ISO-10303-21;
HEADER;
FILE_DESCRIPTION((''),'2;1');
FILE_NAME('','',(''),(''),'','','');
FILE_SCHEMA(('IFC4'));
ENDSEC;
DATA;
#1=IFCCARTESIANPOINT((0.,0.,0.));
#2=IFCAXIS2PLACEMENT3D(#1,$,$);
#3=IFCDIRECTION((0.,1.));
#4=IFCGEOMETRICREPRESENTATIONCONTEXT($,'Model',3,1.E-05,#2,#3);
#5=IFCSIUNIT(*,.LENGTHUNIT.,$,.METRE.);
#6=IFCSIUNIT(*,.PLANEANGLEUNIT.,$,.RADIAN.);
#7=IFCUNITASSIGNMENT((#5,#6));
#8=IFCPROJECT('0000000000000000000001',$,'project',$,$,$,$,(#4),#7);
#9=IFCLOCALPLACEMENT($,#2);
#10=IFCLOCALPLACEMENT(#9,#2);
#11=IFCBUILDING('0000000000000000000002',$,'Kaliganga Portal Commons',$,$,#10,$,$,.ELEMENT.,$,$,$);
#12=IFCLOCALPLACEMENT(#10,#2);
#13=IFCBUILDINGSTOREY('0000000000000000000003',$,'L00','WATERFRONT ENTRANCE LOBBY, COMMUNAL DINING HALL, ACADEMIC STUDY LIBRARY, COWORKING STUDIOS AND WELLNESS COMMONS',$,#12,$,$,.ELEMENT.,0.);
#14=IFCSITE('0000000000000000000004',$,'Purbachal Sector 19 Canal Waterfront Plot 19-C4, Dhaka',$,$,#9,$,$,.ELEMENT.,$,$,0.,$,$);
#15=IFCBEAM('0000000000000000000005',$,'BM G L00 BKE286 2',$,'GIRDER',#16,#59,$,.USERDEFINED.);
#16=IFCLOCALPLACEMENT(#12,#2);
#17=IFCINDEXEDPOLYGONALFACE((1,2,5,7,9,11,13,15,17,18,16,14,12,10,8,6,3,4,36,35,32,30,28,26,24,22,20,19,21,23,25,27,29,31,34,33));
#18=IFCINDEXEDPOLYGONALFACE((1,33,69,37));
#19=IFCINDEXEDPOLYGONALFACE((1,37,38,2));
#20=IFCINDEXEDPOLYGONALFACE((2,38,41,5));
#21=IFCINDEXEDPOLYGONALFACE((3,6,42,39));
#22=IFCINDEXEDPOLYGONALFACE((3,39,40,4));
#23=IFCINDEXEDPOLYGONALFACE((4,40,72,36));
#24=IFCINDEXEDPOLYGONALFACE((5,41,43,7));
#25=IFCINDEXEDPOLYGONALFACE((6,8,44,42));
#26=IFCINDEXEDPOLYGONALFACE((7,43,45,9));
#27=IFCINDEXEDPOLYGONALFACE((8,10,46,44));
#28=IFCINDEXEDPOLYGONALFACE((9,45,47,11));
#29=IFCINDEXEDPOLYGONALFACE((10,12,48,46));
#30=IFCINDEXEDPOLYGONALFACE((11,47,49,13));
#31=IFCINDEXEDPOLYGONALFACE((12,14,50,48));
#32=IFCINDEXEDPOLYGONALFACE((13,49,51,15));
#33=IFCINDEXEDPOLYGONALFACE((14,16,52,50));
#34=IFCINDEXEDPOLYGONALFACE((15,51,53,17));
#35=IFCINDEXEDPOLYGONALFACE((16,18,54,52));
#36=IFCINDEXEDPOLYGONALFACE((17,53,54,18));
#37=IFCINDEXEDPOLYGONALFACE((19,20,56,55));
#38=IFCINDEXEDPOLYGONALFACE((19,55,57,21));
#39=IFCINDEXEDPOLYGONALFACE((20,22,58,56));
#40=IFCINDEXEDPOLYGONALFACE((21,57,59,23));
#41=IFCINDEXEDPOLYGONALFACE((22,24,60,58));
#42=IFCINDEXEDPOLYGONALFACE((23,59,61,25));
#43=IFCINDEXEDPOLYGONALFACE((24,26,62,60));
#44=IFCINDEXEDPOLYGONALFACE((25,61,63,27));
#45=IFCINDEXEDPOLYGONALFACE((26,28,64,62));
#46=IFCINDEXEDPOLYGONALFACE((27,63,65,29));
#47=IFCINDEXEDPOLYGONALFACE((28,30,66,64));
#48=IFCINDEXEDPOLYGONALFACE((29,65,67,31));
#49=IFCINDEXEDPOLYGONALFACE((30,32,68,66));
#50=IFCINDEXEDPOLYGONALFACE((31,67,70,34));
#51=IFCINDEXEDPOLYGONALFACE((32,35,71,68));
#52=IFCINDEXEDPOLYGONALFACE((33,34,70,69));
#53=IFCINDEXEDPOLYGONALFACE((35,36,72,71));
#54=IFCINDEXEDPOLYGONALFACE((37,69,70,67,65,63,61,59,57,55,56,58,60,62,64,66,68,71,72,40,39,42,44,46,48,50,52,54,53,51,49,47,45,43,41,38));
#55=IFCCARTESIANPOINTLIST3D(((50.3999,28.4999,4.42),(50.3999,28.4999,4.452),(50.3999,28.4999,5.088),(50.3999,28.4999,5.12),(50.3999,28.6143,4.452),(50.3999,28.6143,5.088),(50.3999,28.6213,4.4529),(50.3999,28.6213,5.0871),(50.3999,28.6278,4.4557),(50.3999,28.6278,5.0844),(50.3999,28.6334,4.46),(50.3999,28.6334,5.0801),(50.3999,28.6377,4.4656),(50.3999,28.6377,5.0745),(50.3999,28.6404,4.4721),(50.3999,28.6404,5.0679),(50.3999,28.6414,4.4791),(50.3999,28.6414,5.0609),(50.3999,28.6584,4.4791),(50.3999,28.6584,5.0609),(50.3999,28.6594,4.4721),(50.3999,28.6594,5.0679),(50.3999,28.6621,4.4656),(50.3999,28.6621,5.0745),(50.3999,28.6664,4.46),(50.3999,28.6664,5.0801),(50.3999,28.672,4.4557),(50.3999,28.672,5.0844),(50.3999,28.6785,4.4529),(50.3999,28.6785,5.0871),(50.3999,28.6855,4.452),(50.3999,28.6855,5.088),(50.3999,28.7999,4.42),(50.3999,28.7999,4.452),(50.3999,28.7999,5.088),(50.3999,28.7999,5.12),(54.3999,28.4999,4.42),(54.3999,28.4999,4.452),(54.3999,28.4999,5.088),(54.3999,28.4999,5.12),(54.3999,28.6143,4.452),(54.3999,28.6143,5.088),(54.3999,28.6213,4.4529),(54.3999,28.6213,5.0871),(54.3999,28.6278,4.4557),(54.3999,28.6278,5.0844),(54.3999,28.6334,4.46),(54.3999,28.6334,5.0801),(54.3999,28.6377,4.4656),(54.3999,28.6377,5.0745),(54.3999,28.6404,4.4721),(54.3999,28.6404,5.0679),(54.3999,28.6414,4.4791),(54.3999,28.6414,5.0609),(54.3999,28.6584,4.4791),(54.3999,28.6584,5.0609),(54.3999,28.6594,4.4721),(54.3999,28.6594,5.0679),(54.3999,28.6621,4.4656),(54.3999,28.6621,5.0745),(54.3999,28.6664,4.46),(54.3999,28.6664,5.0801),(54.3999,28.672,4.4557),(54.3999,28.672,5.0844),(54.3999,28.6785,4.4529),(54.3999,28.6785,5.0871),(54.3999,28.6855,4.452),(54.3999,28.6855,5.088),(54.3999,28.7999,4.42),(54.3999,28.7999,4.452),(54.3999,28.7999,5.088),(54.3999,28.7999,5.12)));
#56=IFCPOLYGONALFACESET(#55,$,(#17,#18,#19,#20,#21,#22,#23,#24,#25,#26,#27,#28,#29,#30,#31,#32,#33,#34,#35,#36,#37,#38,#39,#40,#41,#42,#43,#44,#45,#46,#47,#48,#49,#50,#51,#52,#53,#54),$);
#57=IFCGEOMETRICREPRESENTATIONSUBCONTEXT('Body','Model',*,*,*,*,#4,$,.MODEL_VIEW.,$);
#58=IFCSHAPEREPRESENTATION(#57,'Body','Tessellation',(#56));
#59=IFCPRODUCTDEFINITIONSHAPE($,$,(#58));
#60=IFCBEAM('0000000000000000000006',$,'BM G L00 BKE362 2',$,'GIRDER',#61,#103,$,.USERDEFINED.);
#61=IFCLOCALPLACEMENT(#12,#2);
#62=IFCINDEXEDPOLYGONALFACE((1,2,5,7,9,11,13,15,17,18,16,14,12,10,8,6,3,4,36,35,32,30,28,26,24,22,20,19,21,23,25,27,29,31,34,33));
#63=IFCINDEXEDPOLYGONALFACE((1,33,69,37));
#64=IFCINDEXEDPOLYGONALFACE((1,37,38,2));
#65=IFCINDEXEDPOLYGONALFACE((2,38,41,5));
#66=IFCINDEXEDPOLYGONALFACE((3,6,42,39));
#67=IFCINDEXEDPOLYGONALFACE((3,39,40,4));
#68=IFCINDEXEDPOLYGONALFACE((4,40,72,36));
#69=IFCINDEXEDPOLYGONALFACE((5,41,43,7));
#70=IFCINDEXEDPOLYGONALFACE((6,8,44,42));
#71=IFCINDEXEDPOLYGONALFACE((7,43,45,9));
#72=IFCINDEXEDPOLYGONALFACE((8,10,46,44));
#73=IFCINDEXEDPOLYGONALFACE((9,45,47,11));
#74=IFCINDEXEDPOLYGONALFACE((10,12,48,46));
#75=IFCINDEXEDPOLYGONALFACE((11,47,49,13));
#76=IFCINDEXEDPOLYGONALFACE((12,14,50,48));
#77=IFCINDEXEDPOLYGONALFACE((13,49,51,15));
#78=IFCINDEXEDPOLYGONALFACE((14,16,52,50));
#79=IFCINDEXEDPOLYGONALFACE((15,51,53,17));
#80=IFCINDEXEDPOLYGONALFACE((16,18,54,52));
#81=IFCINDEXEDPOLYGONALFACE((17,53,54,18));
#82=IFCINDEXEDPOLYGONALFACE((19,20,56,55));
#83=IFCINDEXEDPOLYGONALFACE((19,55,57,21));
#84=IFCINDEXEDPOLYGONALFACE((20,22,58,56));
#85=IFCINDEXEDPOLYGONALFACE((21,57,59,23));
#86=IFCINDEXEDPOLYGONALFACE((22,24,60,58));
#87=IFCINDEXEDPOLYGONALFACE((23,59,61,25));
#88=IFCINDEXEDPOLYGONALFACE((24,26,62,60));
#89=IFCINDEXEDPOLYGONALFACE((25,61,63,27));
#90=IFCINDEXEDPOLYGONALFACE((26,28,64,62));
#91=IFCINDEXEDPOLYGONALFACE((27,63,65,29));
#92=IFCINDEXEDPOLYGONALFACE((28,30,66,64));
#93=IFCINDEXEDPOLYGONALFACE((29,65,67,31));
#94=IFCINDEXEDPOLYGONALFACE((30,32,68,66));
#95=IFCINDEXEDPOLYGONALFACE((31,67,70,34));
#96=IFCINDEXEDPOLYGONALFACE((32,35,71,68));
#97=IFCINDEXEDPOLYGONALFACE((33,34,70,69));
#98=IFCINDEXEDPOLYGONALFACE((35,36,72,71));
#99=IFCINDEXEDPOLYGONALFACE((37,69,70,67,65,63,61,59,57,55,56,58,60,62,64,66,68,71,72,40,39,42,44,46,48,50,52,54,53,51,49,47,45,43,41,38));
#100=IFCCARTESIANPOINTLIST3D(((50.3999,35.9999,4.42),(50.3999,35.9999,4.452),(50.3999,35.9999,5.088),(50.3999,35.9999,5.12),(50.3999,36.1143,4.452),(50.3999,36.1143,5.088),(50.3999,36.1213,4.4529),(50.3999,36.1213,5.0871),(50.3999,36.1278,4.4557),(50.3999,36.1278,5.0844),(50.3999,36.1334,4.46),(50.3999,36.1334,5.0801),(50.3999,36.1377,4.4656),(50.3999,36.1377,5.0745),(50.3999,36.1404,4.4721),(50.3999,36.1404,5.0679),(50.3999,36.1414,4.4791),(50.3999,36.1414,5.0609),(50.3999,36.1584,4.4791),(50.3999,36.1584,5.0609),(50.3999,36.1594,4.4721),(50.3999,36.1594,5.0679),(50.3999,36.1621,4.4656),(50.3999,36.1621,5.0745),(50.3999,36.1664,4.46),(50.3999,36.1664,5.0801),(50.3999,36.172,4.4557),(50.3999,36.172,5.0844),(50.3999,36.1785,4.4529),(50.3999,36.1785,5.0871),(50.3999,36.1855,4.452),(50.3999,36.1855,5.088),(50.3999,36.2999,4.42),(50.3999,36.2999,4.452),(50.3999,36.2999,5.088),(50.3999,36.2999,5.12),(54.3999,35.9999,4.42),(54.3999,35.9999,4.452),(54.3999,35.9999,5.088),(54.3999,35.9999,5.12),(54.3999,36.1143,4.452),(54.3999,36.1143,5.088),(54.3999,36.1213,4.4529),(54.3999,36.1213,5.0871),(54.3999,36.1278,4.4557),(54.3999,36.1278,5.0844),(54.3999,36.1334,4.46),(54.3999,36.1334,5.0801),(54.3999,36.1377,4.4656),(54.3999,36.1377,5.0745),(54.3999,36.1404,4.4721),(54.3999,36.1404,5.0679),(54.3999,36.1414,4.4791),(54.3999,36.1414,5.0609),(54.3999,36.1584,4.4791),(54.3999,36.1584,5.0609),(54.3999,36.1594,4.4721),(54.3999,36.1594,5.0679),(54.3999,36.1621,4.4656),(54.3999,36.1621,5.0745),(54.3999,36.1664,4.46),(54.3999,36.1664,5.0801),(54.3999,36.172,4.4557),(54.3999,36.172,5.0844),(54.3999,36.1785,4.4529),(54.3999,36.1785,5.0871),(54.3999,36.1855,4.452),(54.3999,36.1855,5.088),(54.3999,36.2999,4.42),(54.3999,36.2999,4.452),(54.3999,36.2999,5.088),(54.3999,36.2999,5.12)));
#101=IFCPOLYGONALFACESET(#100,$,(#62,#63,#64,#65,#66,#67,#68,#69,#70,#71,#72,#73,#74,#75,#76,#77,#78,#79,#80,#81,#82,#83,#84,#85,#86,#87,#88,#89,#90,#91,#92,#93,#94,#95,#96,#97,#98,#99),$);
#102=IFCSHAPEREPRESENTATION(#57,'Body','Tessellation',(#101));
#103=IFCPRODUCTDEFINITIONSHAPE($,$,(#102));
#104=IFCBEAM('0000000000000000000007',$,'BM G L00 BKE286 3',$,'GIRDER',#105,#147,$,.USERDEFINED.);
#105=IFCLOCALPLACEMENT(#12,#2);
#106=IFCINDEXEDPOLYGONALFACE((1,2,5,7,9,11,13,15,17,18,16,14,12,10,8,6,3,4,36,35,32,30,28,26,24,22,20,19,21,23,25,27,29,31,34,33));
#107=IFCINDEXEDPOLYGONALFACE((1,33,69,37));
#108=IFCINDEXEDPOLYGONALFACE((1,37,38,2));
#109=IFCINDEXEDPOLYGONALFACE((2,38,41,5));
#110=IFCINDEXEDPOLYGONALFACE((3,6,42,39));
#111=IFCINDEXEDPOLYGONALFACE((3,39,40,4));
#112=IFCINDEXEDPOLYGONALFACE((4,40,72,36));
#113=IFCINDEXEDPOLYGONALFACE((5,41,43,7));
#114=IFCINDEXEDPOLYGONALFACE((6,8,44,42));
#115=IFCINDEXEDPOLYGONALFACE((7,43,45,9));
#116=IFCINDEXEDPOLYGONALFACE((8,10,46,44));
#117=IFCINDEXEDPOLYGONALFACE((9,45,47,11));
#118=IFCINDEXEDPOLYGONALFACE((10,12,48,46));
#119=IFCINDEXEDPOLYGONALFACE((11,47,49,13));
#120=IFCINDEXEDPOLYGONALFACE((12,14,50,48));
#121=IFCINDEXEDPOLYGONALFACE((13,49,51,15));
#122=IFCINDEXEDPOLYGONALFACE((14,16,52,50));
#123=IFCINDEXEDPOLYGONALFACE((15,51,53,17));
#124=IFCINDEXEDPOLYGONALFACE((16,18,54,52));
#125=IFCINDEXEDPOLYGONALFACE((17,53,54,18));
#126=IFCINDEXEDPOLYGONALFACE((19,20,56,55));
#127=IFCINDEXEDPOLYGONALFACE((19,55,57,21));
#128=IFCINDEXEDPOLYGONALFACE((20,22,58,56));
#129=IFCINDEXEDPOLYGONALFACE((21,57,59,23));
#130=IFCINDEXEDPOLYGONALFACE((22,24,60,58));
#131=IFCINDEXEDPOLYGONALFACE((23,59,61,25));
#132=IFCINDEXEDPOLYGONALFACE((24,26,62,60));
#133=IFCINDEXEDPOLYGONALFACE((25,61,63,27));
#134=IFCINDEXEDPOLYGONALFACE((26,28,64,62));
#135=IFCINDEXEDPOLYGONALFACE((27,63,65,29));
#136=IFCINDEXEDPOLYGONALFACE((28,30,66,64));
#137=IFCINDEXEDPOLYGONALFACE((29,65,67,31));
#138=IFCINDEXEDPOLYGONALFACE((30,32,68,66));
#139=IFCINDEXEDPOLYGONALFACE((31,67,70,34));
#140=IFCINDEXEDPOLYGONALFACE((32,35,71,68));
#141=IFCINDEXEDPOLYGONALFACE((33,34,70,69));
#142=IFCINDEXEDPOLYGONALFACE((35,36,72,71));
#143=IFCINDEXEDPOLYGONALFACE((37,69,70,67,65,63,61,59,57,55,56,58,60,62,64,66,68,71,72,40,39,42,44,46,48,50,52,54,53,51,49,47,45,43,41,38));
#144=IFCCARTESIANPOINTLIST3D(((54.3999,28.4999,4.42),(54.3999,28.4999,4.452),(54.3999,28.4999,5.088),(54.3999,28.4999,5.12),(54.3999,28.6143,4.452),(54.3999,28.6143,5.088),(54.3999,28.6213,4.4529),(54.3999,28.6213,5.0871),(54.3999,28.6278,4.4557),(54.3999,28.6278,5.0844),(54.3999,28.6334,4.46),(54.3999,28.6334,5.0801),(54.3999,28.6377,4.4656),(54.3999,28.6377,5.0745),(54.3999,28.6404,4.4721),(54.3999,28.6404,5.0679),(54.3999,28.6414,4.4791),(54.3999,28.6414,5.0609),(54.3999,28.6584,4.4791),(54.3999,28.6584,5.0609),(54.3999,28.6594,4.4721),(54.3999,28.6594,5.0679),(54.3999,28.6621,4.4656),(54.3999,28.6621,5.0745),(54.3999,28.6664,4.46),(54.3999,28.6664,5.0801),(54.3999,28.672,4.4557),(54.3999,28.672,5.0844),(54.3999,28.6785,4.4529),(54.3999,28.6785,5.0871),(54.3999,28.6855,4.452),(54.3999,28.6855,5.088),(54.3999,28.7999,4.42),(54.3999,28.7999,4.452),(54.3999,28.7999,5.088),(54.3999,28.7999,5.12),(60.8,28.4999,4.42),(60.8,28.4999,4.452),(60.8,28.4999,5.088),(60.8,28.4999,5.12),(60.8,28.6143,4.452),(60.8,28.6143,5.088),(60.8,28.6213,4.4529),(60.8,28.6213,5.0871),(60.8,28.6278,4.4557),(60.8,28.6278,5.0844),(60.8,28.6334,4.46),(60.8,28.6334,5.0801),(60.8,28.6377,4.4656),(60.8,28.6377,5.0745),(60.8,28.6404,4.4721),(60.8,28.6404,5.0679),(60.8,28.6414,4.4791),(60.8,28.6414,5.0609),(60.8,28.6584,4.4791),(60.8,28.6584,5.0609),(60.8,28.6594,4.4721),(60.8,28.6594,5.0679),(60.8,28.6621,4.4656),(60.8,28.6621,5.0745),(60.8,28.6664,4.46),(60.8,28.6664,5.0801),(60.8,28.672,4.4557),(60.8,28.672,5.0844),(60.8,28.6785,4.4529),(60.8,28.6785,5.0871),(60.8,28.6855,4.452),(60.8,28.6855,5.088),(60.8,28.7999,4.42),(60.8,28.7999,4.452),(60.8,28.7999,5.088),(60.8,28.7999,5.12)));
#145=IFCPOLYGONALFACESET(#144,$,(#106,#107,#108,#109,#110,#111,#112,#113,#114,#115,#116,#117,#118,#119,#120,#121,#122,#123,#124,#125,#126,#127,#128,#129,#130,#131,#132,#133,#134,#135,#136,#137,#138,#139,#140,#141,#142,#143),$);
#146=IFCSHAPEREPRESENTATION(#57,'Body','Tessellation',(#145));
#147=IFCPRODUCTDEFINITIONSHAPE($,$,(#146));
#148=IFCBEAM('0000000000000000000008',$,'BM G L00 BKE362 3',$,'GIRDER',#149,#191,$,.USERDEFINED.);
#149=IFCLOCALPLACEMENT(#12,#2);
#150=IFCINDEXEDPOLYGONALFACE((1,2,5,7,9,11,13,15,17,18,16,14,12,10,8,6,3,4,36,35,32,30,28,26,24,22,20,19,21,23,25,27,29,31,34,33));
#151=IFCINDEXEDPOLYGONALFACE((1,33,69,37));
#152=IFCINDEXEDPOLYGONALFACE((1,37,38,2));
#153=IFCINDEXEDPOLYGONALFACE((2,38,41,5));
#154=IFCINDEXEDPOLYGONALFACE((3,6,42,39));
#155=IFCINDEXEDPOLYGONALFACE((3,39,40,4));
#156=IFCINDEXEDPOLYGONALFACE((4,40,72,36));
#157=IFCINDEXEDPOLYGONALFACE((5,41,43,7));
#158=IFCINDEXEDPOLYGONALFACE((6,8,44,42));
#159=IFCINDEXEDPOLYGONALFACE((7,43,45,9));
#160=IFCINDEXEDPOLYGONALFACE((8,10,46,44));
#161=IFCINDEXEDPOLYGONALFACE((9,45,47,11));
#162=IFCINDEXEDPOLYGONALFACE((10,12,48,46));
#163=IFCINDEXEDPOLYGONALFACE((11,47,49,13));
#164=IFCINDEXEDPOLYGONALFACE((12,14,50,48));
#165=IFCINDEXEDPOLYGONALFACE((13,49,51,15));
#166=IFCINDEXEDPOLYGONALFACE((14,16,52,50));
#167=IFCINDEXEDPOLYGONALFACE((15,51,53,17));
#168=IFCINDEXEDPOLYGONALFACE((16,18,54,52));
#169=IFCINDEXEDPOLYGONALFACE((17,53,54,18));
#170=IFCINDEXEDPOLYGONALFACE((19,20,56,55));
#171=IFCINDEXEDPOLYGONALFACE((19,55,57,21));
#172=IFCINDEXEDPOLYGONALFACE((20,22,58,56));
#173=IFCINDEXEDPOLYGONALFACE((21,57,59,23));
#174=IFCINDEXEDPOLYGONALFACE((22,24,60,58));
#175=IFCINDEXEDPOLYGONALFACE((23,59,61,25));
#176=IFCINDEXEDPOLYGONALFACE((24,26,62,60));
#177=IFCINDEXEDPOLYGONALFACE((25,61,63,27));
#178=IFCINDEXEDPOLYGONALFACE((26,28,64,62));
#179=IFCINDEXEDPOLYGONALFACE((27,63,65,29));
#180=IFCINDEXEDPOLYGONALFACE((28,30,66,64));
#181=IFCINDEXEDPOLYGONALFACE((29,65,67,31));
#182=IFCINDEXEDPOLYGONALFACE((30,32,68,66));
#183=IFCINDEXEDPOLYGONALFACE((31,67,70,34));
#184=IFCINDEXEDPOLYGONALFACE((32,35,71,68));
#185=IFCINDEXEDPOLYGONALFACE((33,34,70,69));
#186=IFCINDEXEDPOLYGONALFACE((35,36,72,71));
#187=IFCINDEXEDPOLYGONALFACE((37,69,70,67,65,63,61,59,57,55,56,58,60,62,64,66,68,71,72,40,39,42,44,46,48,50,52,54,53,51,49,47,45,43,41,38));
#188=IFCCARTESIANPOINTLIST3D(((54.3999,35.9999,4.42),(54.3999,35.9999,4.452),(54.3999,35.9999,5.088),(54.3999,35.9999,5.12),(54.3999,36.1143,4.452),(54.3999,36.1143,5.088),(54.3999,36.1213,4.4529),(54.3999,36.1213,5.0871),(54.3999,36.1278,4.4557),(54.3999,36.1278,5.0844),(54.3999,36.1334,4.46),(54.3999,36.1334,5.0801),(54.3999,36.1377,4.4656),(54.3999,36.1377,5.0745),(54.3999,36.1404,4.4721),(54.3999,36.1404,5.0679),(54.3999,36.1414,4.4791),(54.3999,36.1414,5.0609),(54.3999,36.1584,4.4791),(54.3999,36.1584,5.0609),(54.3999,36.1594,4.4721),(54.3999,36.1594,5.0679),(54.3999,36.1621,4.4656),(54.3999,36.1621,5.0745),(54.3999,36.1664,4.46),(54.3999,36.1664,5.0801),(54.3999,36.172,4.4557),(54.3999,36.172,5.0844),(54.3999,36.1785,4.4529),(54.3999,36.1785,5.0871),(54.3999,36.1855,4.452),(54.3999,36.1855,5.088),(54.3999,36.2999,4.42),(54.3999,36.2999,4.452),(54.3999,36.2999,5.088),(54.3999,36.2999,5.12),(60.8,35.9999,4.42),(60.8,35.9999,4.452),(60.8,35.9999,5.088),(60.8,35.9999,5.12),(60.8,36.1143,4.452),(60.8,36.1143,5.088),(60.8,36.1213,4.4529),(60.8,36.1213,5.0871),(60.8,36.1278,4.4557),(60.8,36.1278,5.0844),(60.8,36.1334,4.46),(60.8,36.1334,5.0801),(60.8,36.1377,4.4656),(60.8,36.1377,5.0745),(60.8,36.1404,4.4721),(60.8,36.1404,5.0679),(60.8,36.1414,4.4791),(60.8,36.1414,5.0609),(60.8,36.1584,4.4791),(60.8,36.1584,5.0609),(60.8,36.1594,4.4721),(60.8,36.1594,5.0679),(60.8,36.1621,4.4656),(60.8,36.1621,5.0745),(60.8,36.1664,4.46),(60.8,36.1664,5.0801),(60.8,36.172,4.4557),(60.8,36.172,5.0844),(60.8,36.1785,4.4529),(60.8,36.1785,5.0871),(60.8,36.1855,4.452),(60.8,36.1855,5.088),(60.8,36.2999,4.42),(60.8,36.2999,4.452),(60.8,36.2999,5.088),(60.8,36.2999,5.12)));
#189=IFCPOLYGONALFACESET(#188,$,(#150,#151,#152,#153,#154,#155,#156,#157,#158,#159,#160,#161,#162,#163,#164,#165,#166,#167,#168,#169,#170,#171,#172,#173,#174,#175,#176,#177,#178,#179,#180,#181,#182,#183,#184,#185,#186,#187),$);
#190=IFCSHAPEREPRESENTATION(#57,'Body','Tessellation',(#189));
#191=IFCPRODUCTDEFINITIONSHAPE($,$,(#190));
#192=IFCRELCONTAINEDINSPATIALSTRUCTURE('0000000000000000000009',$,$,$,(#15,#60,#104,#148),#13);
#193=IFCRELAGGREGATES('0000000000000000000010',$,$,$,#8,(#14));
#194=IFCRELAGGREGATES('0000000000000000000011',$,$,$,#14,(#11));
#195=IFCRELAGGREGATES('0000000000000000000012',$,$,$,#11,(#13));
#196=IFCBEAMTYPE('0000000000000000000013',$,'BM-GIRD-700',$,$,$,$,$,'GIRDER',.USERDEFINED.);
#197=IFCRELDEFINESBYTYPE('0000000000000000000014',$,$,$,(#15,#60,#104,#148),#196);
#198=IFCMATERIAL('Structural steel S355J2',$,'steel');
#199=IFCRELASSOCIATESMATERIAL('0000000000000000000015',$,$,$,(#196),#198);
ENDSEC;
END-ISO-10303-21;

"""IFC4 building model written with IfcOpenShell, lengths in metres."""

from ifc_helpers import new_model, si_unit, direction, frame, origin, origin_2d, place, context, subcontext, project, spatial, i_section, extrude, source, transform, mapped, material, material_profile, profile_set, type_object, element, save


model = new_model("IFC4")

# Units and contexts
model_context = context("Model", 3, precision=1e-05, world=origin(), true_north=direction((0.0, 1.0)))
body_context = subcontext(model_context, "Body", "Model", "MODEL_VIEW")
ifc_project = project(units=[si_unit("LENGTHUNIT", "METRE"), si_unit("PLANEANGLEUNIT", "RADIAN")], contexts=[model_context])

# Site, building, storey
site_placement = place(None, origin())
site = spatial("IfcSite", under=ifc_project, at=site_placement, Name="Purbachal Sector 19 Canal Waterfront Plot 19-C4, Dhaka", CompositionType="ELEMENT", RefElevation=0.0)
building_placement = place(site_placement, origin())
building = spatial("IfcBuilding", under=site, at=building_placement, Name="Kaliganga Portal Commons", CompositionType="ELEMENT")
storey_placement = place(building_placement, origin())
storey = spatial("IfcBuildingStorey", under=building, at=storey_placement, Name="L00", Description="WATERFRONT ENTRANCE LOBBY, COMMUNAL DINING HALL, ACADEMIC STUDY LIBRARY, COWORKING STUDIOS AND WELLNESS COMMONS", CompositionType="ELEMENT", Elevation=0.0)

# Beams
ifc_material_1 = material(Name="Structural steel S355J2", Category="steel")
ifc_material_profile_1 = material_profile(ifc_material_1, i_section(OverallWidth=0.3, OverallDepth=0.7, WebThickness=0.0171, FlangeThickness=0.032, FilletRadius=0.0271, at=origin_2d()), Name="HE 700 B")
ifc_profile_set_1 = profile_set([ifc_material_profile_1], Name="Structural steel S355J2 wide-flange")
beam_type_1 = type_object("IfcBeamType", Name="BM-GIRD-700", ElementType="GIRDER", PredefinedType="USERDEFINED", material=ifc_profile_set_1)
shared_shape_1 = source(origin(), body_context, "Body", "SweptSolid", [
    extrude(i_section(OverallWidth=0.3, OverallDepth=0.7, WebThickness=0.0171, FlangeThickness=0.032, FilletRadius=0.0271, at=origin_2d()), origin(), (0.0, 0.0, 1.0), 4.0),
])
for number, where, z_axis, x_axis, name in (
    (1, (50.3999, 28.6499, 4.77), (1.0, 0.0, 0.0), (0.0, 1.0, 0.0), "BM G L00 BKE286 2"),
    (2, (50.3999, 36.1499, 4.77), (1.0, 0.0, 0.0), (0.0, 1.0, 0.0), "BM G L00 BKE362 2"),
):
    element("IfcBeam", number, at=place(storey_placement, frame(where, z_axis=z_axis, x_axis=x_axis)), inside=storey, type_object=beam_type_1, Name=name, ObjectType="GIRDER", PredefinedType="USERDEFINED", context=body_context, shape_type="MappedRepresentation", body=[
        mapped(shared_shape_1, transform((0.0, 0.0, 0.0), x_axis=(1.0, 0.0, 0.0), y_axis=(0.0, 1.0, 0.0), z_axis=(0.0, 0.0, 1.0), scale=1.0)),
    ])
shared_shape_2 = source(origin(), body_context, "Body", "SweptSolid", [
    extrude(i_section(OverallWidth=0.3, OverallDepth=0.7, WebThickness=0.0171, FlangeThickness=0.032, FilletRadius=0.0271, at=origin_2d()), origin(), (0.0, 0.0, 1.0), 6.4001),
])
for number, where, z_axis, x_axis, name in (
    (3, (54.3999, 28.6499, 4.77), (1.0, 0.0, 0.0), (0.0, 1.0, 0.0), "BM G L00 BKE286 3"),
    (4, (54.3999, 36.1499, 4.77), (1.0, 0.0, 0.0), (0.0, 1.0, 0.0), "BM G L00 BKE362 3"),
):
    element("IfcBeam", number, at=place(storey_placement, frame(where, z_axis=z_axis, x_axis=x_axis)), inside=storey, type_object=beam_type_1, Name=name, ObjectType="GIRDER", PredefinedType="USERDEFINED", context=body_context, shape_type="MappedRepresentation", body=[
        mapped(shared_shape_2, transform((0.0, 0.0, 0.0), x_axis=(1.0, 0.0, 0.0), y_axis=(0.0, 1.0, 0.0), z_axis=(0.0, 0.0, 1.0), scale=1.0)),
    ])

save(model, "model.ifc")
